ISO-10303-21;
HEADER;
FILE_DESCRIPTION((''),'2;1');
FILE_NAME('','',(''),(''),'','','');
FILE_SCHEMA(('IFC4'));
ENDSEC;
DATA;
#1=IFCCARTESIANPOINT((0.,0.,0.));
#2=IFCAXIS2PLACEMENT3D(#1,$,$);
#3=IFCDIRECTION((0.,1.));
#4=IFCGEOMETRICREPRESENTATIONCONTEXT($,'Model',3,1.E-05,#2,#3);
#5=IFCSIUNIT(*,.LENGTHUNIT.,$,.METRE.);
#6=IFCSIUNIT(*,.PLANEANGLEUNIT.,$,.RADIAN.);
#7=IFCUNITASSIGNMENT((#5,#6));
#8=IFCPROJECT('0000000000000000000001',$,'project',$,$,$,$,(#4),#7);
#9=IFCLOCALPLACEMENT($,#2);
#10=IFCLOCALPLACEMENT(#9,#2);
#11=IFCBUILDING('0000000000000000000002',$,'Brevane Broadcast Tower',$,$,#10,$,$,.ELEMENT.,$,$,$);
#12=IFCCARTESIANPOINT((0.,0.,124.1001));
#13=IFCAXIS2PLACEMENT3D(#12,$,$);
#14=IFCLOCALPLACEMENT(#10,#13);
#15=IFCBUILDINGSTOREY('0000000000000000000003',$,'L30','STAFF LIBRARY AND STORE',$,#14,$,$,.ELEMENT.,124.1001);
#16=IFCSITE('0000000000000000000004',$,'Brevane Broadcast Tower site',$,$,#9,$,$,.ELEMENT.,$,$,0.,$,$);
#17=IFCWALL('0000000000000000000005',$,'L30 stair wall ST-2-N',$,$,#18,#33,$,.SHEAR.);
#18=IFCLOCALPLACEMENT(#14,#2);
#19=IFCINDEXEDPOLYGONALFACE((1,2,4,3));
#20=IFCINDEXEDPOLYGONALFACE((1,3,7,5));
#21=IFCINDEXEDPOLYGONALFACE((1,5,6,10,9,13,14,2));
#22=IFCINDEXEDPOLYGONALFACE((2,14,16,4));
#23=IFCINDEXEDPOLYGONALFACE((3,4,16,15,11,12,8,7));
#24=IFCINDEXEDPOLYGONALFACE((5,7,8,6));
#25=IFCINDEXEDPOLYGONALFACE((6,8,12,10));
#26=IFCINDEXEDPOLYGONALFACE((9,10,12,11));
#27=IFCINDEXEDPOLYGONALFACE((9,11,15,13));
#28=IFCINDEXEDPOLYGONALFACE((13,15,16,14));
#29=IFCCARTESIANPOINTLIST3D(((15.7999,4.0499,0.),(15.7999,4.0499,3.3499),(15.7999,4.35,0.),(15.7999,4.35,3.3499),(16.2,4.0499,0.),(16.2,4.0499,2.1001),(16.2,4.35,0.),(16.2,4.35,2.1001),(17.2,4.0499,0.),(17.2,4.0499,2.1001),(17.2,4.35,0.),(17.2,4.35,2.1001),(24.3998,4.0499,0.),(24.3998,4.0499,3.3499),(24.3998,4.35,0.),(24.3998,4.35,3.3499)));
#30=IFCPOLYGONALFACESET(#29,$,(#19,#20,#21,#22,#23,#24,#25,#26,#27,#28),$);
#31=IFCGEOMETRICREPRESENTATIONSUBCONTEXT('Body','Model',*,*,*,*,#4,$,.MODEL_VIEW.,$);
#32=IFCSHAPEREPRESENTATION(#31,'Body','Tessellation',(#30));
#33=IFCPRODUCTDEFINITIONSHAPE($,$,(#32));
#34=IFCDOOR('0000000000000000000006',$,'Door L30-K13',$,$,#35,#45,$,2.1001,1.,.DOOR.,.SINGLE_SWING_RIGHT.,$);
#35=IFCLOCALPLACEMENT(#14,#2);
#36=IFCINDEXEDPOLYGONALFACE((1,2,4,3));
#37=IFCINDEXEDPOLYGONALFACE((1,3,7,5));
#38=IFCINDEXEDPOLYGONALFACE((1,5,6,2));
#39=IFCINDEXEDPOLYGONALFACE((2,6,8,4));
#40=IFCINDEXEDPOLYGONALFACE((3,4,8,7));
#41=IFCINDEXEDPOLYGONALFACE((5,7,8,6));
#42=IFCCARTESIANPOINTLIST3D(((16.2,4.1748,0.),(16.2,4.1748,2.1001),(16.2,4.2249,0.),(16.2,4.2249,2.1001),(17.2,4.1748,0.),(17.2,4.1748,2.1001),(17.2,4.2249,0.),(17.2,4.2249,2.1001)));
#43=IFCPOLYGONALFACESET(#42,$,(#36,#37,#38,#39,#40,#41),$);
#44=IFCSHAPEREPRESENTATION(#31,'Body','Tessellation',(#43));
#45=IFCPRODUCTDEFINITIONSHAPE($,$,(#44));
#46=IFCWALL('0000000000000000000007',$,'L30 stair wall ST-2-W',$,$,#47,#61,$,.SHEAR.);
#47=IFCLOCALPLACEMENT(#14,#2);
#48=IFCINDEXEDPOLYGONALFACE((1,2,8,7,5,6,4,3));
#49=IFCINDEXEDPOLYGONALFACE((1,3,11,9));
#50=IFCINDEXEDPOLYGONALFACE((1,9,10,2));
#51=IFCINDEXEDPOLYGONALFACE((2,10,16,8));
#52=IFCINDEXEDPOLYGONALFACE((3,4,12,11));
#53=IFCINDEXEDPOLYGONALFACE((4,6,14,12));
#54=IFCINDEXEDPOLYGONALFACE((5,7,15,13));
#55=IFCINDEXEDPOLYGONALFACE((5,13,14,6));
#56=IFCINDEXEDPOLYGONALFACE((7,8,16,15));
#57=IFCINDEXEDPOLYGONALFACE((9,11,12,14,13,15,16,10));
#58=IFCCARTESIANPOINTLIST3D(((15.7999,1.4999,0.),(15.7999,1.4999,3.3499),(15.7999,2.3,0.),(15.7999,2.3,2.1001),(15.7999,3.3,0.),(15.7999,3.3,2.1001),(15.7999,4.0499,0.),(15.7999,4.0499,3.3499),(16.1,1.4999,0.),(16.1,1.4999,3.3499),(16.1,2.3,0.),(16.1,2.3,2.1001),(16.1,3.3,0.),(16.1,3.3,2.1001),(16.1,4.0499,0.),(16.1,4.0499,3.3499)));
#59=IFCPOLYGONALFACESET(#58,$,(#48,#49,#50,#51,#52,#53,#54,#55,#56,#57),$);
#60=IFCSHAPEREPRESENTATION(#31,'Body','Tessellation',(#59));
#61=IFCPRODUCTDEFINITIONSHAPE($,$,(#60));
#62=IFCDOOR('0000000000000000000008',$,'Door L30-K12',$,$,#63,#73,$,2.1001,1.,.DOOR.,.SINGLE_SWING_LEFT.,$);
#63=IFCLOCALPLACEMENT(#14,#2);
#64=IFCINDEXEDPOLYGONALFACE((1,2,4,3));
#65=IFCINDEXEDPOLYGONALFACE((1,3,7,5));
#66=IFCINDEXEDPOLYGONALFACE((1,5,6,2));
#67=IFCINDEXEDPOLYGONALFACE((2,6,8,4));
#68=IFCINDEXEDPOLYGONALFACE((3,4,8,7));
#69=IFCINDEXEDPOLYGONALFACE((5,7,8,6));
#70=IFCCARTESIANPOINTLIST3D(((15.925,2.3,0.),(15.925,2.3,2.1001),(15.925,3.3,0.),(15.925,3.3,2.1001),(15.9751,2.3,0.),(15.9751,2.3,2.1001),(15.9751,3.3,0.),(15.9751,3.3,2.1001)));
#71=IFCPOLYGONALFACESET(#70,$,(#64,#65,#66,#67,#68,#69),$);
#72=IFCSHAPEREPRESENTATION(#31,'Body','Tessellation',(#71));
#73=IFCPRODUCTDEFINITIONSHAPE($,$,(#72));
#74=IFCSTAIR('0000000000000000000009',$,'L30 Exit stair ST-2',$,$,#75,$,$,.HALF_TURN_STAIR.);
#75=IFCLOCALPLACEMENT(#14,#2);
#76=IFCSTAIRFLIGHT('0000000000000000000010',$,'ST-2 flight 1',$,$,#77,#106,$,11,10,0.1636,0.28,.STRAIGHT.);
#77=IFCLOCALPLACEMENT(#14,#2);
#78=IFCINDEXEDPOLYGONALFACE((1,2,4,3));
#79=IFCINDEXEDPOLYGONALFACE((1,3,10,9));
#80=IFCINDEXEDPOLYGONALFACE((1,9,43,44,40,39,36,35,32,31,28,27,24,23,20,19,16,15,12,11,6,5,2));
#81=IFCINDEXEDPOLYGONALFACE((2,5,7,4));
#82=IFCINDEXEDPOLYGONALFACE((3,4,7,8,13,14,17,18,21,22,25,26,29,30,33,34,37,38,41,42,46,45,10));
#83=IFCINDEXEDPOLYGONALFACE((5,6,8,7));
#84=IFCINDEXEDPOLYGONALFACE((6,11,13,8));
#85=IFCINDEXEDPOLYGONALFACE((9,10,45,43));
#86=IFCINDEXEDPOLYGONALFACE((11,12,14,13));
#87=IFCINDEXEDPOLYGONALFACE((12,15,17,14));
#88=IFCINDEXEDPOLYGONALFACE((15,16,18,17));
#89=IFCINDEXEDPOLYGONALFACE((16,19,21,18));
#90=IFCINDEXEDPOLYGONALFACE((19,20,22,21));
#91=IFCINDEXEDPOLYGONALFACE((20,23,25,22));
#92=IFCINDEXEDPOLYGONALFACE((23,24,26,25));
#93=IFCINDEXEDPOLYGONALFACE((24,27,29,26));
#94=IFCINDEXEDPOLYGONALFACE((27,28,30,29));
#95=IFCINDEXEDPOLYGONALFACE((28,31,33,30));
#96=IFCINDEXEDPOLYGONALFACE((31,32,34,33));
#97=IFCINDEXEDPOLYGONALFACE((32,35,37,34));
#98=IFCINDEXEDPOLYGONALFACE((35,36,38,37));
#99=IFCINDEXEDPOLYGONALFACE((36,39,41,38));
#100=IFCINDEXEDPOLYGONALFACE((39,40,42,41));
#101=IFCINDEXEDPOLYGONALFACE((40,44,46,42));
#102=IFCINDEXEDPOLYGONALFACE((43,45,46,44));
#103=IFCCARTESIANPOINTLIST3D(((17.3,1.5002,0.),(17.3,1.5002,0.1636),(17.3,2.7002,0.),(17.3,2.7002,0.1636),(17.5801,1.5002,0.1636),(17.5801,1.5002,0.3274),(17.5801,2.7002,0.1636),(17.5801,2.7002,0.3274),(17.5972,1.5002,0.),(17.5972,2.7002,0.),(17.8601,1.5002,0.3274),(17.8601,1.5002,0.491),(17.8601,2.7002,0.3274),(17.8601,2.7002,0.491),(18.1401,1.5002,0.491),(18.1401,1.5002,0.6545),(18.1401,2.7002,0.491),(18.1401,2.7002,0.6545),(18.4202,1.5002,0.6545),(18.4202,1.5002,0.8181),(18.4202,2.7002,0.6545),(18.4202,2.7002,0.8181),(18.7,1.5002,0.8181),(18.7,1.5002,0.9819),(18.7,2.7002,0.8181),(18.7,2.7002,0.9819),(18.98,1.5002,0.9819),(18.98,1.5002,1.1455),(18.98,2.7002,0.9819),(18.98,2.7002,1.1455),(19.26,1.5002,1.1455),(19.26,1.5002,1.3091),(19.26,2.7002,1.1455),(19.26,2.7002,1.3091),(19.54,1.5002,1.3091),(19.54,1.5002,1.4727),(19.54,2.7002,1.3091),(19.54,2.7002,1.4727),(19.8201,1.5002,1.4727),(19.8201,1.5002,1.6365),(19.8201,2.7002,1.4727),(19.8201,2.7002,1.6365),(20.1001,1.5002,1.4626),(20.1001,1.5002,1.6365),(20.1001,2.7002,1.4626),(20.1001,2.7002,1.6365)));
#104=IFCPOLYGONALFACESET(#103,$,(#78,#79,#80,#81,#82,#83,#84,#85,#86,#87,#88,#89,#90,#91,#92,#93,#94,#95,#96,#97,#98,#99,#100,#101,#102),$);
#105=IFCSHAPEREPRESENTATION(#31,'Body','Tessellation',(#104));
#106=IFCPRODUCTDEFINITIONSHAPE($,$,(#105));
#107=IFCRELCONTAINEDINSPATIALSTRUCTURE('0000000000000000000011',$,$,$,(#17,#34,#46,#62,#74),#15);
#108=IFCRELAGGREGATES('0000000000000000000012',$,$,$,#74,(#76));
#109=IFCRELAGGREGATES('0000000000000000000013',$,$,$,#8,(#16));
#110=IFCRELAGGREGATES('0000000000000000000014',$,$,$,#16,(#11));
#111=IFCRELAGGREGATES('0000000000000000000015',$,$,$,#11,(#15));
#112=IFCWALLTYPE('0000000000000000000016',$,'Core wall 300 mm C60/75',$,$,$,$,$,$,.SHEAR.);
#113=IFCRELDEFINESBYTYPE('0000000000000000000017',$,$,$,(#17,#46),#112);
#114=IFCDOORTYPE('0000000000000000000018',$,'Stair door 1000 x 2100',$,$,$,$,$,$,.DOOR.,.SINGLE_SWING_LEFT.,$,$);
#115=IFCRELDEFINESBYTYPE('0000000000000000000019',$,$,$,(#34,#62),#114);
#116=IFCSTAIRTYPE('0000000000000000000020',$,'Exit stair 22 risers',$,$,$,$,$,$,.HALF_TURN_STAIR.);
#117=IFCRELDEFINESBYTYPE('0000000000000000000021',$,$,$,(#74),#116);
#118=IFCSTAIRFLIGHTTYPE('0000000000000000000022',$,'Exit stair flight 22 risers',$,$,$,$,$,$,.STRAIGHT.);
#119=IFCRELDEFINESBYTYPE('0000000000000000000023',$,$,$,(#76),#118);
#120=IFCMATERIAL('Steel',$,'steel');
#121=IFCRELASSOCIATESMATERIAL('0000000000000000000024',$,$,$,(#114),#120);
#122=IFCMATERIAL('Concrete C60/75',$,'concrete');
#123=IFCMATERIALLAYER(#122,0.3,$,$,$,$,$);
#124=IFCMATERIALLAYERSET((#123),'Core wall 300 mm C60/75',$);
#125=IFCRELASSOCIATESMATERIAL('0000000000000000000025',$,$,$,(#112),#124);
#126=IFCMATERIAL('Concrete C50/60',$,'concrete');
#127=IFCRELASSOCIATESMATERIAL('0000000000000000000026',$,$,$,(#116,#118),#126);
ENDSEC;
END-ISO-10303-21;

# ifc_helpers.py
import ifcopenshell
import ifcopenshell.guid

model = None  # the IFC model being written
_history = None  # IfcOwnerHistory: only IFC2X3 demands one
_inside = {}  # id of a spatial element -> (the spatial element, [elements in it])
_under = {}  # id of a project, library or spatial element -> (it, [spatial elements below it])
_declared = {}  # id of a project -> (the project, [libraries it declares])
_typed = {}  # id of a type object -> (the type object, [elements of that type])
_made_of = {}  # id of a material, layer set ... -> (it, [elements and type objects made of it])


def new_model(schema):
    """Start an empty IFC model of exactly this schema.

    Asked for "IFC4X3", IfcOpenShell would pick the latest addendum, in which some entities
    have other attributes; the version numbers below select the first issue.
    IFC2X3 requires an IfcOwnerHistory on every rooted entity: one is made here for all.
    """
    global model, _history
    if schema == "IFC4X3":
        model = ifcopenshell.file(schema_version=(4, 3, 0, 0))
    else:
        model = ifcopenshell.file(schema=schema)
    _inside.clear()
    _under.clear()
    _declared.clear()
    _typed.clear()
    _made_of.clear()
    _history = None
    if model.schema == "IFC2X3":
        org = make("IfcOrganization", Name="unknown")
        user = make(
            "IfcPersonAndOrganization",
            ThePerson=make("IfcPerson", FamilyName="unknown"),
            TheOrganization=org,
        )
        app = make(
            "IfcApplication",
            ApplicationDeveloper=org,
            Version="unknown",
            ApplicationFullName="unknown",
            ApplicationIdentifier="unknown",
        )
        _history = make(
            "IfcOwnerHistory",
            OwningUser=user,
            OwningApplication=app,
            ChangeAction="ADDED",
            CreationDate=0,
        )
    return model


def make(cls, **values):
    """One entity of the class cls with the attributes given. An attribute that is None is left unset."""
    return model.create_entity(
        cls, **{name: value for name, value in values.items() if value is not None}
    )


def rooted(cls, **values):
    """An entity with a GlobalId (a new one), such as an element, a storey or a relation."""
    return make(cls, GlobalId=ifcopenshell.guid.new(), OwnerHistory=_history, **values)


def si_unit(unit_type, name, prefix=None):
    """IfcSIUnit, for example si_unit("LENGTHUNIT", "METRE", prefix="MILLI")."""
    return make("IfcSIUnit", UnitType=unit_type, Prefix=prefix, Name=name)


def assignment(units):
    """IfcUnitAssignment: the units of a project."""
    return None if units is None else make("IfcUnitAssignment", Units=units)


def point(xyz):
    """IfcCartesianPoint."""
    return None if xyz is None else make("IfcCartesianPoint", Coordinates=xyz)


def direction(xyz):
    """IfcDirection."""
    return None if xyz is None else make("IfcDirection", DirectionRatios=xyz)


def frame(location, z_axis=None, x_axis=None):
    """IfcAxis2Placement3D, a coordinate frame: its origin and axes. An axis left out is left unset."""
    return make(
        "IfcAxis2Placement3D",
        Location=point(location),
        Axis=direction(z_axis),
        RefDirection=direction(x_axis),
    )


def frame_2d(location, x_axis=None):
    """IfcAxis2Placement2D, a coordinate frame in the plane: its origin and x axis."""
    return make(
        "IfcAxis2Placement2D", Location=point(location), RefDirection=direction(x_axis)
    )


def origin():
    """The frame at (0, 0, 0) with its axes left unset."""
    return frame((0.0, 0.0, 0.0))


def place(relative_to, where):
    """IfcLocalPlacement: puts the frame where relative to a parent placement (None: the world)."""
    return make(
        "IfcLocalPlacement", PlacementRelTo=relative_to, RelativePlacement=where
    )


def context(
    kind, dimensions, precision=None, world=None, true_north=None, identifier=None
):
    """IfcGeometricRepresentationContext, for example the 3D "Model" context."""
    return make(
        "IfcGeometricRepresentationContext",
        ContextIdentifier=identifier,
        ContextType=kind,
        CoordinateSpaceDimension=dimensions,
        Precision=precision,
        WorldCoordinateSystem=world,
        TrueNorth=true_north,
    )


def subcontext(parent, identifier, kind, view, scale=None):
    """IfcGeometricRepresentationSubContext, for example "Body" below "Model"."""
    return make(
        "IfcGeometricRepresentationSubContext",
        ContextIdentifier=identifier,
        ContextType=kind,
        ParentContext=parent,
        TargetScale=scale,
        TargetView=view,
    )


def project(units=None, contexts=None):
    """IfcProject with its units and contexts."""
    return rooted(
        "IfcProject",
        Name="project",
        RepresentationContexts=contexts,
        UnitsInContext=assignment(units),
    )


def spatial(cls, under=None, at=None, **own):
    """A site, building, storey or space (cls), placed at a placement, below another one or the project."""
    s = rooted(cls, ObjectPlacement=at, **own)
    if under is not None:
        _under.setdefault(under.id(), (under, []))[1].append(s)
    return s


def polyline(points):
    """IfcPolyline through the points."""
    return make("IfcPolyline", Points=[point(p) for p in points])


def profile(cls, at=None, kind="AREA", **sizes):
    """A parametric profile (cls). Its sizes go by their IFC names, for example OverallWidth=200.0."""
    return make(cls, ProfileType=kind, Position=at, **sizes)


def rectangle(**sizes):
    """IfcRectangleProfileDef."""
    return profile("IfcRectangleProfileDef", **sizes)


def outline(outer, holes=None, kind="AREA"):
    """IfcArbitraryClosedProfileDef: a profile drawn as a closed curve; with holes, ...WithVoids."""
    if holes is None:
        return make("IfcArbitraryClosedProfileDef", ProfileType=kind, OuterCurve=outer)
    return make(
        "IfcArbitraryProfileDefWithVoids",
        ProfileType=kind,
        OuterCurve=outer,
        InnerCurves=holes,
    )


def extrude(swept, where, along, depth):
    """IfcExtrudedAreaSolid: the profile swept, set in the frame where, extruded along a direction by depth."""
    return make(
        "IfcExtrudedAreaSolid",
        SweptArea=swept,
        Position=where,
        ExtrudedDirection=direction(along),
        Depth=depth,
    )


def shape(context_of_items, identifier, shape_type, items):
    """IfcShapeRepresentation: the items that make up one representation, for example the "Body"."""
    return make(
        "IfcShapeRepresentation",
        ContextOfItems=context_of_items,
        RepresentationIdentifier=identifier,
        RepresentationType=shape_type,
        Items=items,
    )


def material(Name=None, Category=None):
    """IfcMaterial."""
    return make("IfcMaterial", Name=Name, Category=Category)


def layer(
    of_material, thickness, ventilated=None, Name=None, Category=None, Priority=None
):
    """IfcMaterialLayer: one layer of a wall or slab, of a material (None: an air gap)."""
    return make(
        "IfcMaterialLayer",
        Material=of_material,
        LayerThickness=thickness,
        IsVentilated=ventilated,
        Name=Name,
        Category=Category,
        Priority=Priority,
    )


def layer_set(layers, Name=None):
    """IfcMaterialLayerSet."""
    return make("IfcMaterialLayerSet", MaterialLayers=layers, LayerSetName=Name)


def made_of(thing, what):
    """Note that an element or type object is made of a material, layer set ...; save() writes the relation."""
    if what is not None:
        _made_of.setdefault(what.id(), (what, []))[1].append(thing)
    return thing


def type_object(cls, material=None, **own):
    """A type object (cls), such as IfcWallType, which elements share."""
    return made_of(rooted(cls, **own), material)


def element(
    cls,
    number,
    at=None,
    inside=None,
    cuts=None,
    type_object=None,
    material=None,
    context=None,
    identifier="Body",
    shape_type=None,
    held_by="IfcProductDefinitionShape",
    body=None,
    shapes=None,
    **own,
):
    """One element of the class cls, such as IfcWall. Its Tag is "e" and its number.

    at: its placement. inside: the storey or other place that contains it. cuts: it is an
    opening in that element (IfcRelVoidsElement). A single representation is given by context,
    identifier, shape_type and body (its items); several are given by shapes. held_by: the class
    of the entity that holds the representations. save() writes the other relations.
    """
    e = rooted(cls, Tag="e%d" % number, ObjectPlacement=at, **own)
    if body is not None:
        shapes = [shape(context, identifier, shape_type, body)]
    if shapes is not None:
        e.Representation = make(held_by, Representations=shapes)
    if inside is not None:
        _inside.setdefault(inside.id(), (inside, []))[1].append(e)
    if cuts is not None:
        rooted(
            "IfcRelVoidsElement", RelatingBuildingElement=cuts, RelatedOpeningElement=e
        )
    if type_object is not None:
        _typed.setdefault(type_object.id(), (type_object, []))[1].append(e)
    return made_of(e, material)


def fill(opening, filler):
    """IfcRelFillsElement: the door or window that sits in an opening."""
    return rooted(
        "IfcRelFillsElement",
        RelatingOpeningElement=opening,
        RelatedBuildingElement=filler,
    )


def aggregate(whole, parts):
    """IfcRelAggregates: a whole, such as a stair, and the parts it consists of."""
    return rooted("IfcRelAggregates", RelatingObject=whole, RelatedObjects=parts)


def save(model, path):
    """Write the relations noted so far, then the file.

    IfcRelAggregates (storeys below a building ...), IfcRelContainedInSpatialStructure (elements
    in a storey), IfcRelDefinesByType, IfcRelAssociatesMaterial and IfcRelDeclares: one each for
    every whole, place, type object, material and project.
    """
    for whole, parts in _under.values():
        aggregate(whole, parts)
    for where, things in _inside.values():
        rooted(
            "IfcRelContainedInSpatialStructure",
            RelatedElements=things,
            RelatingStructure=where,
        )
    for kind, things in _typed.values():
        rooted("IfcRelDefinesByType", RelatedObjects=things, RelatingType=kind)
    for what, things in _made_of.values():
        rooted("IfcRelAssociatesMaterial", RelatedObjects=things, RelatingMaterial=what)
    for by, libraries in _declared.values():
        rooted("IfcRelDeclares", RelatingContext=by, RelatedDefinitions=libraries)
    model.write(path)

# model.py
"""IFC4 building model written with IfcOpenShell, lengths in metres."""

from ifc_helpers import new_model, si_unit, direction, frame, frame_2d, origin, place, context, subcontext, project, spatial, polyline, rectangle, outline, extrude, material, layer, layer_set, type_object, element, fill, aggregate, save


model = new_model("IFC4")

# Units and contexts
model_context = context("Model", 3, precision=1e-05, world=origin(), true_north=direction((0.0, 1.0)))
body_context = subcontext(model_context, "Body", "Model", "MODEL_VIEW")
ifc_project = project(units=[si_unit("LENGTHUNIT", "METRE"), si_unit("PLANEANGLEUNIT", "RADIAN")], contexts=[model_context])

# Site, building, storey
site_placement = place(None, origin())
site = spatial("IfcSite", under=ifc_project, at=site_placement, Name="Brevane Broadcast Tower site", CompositionType="ELEMENT", RefElevation=0.0)
building_placement = place(site_placement, origin())
building = spatial("IfcBuilding", under=site, at=building_placement, Name="Brevane Broadcast Tower", CompositionType="ELEMENT")
storey_placement = place(building_placement, frame((0.0, 0.0, 124.1001)))
storey = spatial("IfcBuildingStorey", under=building, at=storey_placement, Name="L30", Description="STAFF LIBRARY AND STORE", CompositionType="ELEMENT", Elevation=124.1001)

# Shared definitions
ifc_material_1 = material(Name="Steel", Category="steel")
door_type_1 = type_object("IfcDoorType", Name="Stair door 1000 x 2100", OperationType="SINGLE_SWING_LEFT", PredefinedType="DOOR", material=ifc_material_1)

# Shared definitions
ifc_material_2 = material(Name="Concrete C60/75", Category="concrete")
ifc_layer_1 = layer(ifc_material_2, 0.3)
ifc_layer_set_1 = layer_set([ifc_layer_1], Name="Core wall 300 mm C60/75")
wall_type_1 = type_object("IfcWallType", Name="Core wall 300 mm C60/75", PredefinedType="SHEAR", material=ifc_layer_set_1)

# Walls, openings, doors
wall_1_placement = place(storey_placement, frame((15.8, 4.2, 0.0), z_axis=(0.0, 0.0, 1.0), x_axis=(1.0, 0.0, 0.0)))
wall_1 = element("IfcWall", 1, at=wall_1_placement, inside=storey, type_object=wall_type_1, Name="L30 stair wall ST-2-N", PredefinedType="SHEAR", context=body_context, shape_type="SweptSolid", body=[
    extrude(rectangle(XDim=8.5999, YDim=0.3, at=frame_2d((4.2998, 0.0))), origin(), (0.0, 0.0, 1.0), 3.3499),
])
opening_1_placement = place(wall_1_placement, frame((0.3999, 0.0, 0.0)))
opening_1 = element("IfcOpeningElement", 2, at=opening_1_placement, cuts=wall_1, PredefinedType="OPENING", context=body_context, shape_type="SweptSolid", body=[
    extrude(rectangle(XDim=1.0, YDim=2.1001, at=frame_2d((0.5, 1.05))), frame((0.0, 0.1599, 0.0), z_axis=(0.0, -1.0, 0.0), x_axis=(1.0, 0.0, 0.0)), (0.0, 0.0, 1.0), 0.3201),
])
door_1_placement = place(opening_1_placement, origin())
door_1 = element("IfcDoor", 3, at=door_1_placement, inside=storey, type_object=door_type_1, Name="Door L30-K13", OperationType="SINGLE_SWING_RIGHT", OverallHeight=2.1001, OverallWidth=1.0, PredefinedType="DOOR", context=body_context, shape_type="SweptSolid", body=[
    extrude(rectangle(XDim=1.0, YDim=2.1001, at=frame_2d((0.5, 1.05))), frame((0.0, 0.0249, 0.0), z_axis=(0.0, -1.0, 0.0), x_axis=(1.0, 0.0, 0.0)), (0.0, 0.0, 1.0), 0.05),
])
fill(opening_1, door_1)
wall_2_placement = place(storey_placement, frame((15.95, 1.5, 0.0), z_axis=(0.0, 0.0, 1.0), x_axis=(0.0, 1.0, 0.0)))
wall_2 = element("IfcWall", 4, at=wall_2_placement, inside=storey, type_object=wall_type_1, Name="L30 stair wall ST-2-W", PredefinedType="SHEAR", context=body_context, shape_type="SweptSolid", body=[
    extrude(rectangle(XDim=2.55, YDim=0.3, at=frame_2d((1.2749, 0.0))), origin(), (0.0, 0.0, 1.0), 3.3499),
])
opening_2_placement = place(wall_2_placement, frame((0.8, 0.0, 0.0)))
opening_2 = element("IfcOpeningElement", 5, at=opening_2_placement, cuts=wall_2, PredefinedType="OPENING", context=body_context, shape_type="SweptSolid", body=[
    extrude(rectangle(XDim=1.0, YDim=2.1001, at=frame_2d((0.5, 1.05))), frame((0.0, 0.1599, 0.0), z_axis=(0.0, -1.0, 0.0), x_axis=(1.0, 0.0, 0.0)), (0.0, 0.0, 1.0), 0.3201),
])
door_2_placement = place(opening_2_placement, origin())
door_2 = element("IfcDoor", 6, at=door_2_placement, inside=storey, type_object=door_type_1, Name="Door L30-K12", OperationType="SINGLE_SWING_LEFT", OverallHeight=2.1001, OverallWidth=1.0, PredefinedType="DOOR", context=body_context, shape_type="SweptSolid", body=[
    extrude(rectangle(XDim=1.0, YDim=2.1001, at=frame_2d((0.5, 1.05))), frame((0.0, 0.0249, 0.0), z_axis=(0.0, -1.0, 0.0), x_axis=(1.0, 0.0, 0.0)), (0.0, 0.0, 1.0), 0.05),
])
fill(opening_2, door_2)

# Stair, stair flight
ifc_material_3 = material(Name="Concrete C50/60", Category="concrete")
stair_type = type_object("IfcStairType", Name="Exit stair 22 risers", PredefinedType="HALF_TURN_STAIR", material=ifc_material_3)
stair_placement = place(storey_placement, origin())
stair = element("IfcStair", 7, at=stair_placement, inside=storey, type_object=stair_type, Name="L30 Exit stair ST-2", PredefinedType="HALF_TURN_STAIR")
stair_flight_type = type_object("IfcStairFlightType", Name="Exit stair flight 22 risers", PredefinedType="STRAIGHT", material=ifc_material_3)
stair_flight_placement = place(storey_placement, frame((17.3, 2.1001, 0.0), z_axis=(0.0, 0.0, 1.0), x_axis=(1.0, 0.0, 0.0)))
stair_flight = element("IfcStairFlight", 8, at=stair_flight_placement, type_object=stair_flight_type, Name="ST-2 flight 1", NumberOfRisers=11, NumberOfTreads=10, PredefinedType="STRAIGHT", RiserHeight=0.1636, TreadLength=0.28, context=body_context, shape_type="SweptSolid", body=[
    extrude(outline(polyline([(0.0, 0.0), (0.0, 0.1636), (0.28, 0.1636), (0.28, 0.3274), (0.5601, 0.3274), (0.5601, 0.491), (0.8401, 0.491), (0.8401, 0.6545), (1.1201, 0.6545), (1.1201, 0.8181), (1.3999, 0.8181), (1.3999, 0.9819), (1.6799, 0.9819), (1.6799, 1.1455), (1.96, 1.1455), (1.96, 1.3091), (2.24, 1.3091), (2.24, 1.4727), (2.52, 1.4727), (2.52, 1.6365), (2.8, 1.6365), (2.8, 1.8), (2.8, 1.4626), (0.2971, 0.0), (0.0, 0.0)])), frame((0.0, 0.6001, 0.0), z_axis=(0.0, -1.0, 0.0), x_axis=(1.0, 0.0, 0.0)), (0.0, 0.0, 1.0), 1.2),
])
aggregate(stair, [stair_flight])

save(model, "model.ifc")
